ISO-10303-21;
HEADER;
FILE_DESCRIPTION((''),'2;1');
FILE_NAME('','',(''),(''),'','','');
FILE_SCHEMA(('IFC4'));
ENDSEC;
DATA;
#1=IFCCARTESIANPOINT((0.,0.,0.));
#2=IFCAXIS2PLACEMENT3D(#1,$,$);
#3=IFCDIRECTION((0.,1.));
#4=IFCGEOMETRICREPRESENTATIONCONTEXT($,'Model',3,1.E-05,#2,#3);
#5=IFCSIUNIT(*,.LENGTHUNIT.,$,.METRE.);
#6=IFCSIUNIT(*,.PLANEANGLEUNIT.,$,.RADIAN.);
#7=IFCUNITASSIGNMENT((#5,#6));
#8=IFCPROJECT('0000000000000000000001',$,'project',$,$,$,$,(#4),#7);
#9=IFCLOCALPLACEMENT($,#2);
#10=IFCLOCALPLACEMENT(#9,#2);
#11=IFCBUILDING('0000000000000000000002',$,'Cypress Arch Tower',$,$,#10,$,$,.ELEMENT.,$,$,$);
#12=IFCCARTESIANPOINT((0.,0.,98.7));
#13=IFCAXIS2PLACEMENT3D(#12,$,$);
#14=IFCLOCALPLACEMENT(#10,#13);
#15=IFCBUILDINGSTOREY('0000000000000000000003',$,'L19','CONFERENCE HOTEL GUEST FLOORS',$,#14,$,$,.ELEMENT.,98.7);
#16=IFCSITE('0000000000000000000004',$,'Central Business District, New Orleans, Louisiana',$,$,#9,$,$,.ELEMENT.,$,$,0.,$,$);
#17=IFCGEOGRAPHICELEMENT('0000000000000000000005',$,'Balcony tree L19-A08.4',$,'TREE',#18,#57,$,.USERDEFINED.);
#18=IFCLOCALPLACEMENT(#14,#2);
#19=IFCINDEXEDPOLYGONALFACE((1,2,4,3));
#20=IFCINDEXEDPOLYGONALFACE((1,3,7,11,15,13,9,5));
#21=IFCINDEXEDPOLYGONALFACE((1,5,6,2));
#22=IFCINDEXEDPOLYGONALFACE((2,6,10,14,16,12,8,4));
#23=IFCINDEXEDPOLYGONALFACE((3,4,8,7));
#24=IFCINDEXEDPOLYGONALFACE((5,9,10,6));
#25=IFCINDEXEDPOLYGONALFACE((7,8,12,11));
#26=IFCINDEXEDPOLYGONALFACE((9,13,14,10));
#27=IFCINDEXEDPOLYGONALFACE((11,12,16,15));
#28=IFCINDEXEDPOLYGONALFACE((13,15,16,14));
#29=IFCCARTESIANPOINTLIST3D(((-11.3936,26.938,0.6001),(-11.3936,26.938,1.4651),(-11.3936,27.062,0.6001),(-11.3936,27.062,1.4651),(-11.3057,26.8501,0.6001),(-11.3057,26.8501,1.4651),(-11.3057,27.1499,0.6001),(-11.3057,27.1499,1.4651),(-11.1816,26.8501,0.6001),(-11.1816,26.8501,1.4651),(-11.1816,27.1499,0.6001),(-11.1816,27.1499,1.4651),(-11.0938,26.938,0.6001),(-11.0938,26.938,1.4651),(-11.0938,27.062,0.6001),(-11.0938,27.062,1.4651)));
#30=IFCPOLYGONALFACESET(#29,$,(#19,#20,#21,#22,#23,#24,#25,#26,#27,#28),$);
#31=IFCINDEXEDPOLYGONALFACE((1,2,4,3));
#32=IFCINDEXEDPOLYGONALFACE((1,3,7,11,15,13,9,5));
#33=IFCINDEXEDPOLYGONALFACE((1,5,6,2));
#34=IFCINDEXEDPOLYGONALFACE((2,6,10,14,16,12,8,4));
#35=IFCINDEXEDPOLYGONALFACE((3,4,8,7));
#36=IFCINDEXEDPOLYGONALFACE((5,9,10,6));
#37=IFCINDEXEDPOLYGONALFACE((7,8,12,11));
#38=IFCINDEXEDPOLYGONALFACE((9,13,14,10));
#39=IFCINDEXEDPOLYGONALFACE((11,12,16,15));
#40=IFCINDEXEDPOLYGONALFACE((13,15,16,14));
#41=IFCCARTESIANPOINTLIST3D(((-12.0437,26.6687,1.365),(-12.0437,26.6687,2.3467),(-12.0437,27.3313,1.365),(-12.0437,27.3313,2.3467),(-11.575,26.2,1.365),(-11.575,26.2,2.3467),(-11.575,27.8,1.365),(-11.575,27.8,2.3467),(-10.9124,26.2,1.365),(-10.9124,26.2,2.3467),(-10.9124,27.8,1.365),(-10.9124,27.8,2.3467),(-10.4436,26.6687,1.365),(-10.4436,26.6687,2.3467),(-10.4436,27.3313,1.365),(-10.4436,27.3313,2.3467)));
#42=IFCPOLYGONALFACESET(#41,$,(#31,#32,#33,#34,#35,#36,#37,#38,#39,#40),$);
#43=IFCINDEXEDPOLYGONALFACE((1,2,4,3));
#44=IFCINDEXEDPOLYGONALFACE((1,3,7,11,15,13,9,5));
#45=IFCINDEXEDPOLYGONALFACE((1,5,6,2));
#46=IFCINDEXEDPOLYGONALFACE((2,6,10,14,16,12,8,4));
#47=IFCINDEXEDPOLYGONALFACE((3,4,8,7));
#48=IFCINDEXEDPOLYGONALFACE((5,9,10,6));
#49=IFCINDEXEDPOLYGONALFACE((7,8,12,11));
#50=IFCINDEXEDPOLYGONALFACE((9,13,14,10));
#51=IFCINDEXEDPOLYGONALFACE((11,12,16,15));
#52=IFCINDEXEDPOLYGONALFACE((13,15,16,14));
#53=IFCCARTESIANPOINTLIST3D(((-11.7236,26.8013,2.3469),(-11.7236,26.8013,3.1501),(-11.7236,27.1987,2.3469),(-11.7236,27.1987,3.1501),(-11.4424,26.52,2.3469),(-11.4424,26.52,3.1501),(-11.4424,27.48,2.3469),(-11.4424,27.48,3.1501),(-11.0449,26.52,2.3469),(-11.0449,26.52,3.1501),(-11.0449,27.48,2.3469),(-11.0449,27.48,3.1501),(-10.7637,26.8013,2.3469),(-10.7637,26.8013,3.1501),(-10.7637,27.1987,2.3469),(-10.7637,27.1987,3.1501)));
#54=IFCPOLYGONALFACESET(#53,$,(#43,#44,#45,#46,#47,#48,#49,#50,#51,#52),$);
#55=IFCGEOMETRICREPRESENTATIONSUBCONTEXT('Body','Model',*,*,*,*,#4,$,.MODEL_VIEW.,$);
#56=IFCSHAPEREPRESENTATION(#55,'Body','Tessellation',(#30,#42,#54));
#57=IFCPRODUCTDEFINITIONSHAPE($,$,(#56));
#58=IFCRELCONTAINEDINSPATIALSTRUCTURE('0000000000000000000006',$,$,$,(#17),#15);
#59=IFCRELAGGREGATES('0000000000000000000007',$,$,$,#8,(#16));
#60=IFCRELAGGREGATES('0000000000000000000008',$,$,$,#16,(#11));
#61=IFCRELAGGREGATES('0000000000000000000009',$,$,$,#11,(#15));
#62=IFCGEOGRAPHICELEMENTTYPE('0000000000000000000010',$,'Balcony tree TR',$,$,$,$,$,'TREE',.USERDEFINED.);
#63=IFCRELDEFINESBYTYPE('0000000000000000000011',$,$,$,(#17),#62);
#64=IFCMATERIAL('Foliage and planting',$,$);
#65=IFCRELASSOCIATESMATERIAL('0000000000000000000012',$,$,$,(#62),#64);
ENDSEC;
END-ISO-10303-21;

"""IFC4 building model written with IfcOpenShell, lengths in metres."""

from ifc_helpers import new_model, si_unit, direction, frame, origin, place, context, subcontext, project, spatial, polyline, outline, extrude, material, type_object, element, save


model = new_model("IFC4")

# Units and contexts
model_context = context("Model", 3, precision=1e-05, world=origin(), true_north=direction((0.0, 1.0)))
body_context = subcontext(model_context, "Body", "Model", "MODEL_VIEW")
ifc_project = project(units=[si_unit("LENGTHUNIT", "METRE"), si_unit("PLANEANGLEUNIT", "RADIAN")], contexts=[model_context])

# Site, building, storey
site_placement = place(None, origin())
site = spatial("IfcSite", under=ifc_project, at=site_placement, Name="Central Business District, New Orleans, Louisiana", CompositionType="ELEMENT", RefElevation=0.0)
building_placement = place(site_placement, origin())
building = spatial("IfcBuilding", under=site, at=building_placement, Name="Cypress Arch Tower", CompositionType="ELEMENT")
storey_placement = place(building_placement, frame((0.0, 0.0, 98.7)))
storey = spatial("IfcBuildingStorey", under=building, at=storey_placement, Name="L19", Description="CONFERENCE HOTEL GUEST FLOORS", CompositionType="ELEMENT", Elevation=98.7)

# Geographic element
ifc_material_1 = material(Name="Foliage and planting")
geographic_element_type = type_object("IfcGeographicElementType", Name="Balcony tree TR", ElementType="TREE", PredefinedType="USERDEFINED", material=ifc_material_1)
geographic_element_placement = place(storey_placement, frame((-11.2437, 27.0, 0.6001), z_axis=(0.0, 0.0, 1.0), x_axis=(1.0, 0.0, 0.0)))
element("IfcGeographicElement", 1, at=geographic_element_placement, inside=storey, type_object=geographic_element_type, Name="Balcony tree L19-A08.4", ObjectType="TREE", PredefinedType="USERDEFINED", context=body_context, shape_type="SweptSolid", body=[
    extrude(outline(polyline([(0.1499, 0.062), (0.062, 0.1499), (-0.062, 0.1499), (-0.1499, 0.062), (-0.1499, -0.062), (-0.062, -0.1499), (0.062, -0.1499), (0.1499, -0.062), (0.1499, 0.062)])), origin(), (0.0, 0.0, 1.0), 0.865),
    extrude(outline(polyline([(0.8, 0.3313), (0.3313, 0.8), (-0.3313, 0.8), (-0.8, 0.3313), (-0.8, -0.3313), (-0.3313, -0.8), (0.3313, -0.8), (0.8, -0.3313), (0.8, 0.3313)])), frame((0.0, 0.0, 0.7649)), (0.0, 0.0, 1.0), 0.9817),
    extrude(outline(polyline([(0.48, 0.1987), (0.1987, 0.48), (-0.1987, 0.48), (-0.48, 0.1987), (-0.48, -0.1987), (-0.1987, -0.48), (0.1987, -0.48), (0.48, -0.1987), (0.48, 0.1987)])), frame((0.0, 0.0, 1.7468)), (0.0, 0.0, 1.0), 0.8032),
])

save(model, "model.ifc")
